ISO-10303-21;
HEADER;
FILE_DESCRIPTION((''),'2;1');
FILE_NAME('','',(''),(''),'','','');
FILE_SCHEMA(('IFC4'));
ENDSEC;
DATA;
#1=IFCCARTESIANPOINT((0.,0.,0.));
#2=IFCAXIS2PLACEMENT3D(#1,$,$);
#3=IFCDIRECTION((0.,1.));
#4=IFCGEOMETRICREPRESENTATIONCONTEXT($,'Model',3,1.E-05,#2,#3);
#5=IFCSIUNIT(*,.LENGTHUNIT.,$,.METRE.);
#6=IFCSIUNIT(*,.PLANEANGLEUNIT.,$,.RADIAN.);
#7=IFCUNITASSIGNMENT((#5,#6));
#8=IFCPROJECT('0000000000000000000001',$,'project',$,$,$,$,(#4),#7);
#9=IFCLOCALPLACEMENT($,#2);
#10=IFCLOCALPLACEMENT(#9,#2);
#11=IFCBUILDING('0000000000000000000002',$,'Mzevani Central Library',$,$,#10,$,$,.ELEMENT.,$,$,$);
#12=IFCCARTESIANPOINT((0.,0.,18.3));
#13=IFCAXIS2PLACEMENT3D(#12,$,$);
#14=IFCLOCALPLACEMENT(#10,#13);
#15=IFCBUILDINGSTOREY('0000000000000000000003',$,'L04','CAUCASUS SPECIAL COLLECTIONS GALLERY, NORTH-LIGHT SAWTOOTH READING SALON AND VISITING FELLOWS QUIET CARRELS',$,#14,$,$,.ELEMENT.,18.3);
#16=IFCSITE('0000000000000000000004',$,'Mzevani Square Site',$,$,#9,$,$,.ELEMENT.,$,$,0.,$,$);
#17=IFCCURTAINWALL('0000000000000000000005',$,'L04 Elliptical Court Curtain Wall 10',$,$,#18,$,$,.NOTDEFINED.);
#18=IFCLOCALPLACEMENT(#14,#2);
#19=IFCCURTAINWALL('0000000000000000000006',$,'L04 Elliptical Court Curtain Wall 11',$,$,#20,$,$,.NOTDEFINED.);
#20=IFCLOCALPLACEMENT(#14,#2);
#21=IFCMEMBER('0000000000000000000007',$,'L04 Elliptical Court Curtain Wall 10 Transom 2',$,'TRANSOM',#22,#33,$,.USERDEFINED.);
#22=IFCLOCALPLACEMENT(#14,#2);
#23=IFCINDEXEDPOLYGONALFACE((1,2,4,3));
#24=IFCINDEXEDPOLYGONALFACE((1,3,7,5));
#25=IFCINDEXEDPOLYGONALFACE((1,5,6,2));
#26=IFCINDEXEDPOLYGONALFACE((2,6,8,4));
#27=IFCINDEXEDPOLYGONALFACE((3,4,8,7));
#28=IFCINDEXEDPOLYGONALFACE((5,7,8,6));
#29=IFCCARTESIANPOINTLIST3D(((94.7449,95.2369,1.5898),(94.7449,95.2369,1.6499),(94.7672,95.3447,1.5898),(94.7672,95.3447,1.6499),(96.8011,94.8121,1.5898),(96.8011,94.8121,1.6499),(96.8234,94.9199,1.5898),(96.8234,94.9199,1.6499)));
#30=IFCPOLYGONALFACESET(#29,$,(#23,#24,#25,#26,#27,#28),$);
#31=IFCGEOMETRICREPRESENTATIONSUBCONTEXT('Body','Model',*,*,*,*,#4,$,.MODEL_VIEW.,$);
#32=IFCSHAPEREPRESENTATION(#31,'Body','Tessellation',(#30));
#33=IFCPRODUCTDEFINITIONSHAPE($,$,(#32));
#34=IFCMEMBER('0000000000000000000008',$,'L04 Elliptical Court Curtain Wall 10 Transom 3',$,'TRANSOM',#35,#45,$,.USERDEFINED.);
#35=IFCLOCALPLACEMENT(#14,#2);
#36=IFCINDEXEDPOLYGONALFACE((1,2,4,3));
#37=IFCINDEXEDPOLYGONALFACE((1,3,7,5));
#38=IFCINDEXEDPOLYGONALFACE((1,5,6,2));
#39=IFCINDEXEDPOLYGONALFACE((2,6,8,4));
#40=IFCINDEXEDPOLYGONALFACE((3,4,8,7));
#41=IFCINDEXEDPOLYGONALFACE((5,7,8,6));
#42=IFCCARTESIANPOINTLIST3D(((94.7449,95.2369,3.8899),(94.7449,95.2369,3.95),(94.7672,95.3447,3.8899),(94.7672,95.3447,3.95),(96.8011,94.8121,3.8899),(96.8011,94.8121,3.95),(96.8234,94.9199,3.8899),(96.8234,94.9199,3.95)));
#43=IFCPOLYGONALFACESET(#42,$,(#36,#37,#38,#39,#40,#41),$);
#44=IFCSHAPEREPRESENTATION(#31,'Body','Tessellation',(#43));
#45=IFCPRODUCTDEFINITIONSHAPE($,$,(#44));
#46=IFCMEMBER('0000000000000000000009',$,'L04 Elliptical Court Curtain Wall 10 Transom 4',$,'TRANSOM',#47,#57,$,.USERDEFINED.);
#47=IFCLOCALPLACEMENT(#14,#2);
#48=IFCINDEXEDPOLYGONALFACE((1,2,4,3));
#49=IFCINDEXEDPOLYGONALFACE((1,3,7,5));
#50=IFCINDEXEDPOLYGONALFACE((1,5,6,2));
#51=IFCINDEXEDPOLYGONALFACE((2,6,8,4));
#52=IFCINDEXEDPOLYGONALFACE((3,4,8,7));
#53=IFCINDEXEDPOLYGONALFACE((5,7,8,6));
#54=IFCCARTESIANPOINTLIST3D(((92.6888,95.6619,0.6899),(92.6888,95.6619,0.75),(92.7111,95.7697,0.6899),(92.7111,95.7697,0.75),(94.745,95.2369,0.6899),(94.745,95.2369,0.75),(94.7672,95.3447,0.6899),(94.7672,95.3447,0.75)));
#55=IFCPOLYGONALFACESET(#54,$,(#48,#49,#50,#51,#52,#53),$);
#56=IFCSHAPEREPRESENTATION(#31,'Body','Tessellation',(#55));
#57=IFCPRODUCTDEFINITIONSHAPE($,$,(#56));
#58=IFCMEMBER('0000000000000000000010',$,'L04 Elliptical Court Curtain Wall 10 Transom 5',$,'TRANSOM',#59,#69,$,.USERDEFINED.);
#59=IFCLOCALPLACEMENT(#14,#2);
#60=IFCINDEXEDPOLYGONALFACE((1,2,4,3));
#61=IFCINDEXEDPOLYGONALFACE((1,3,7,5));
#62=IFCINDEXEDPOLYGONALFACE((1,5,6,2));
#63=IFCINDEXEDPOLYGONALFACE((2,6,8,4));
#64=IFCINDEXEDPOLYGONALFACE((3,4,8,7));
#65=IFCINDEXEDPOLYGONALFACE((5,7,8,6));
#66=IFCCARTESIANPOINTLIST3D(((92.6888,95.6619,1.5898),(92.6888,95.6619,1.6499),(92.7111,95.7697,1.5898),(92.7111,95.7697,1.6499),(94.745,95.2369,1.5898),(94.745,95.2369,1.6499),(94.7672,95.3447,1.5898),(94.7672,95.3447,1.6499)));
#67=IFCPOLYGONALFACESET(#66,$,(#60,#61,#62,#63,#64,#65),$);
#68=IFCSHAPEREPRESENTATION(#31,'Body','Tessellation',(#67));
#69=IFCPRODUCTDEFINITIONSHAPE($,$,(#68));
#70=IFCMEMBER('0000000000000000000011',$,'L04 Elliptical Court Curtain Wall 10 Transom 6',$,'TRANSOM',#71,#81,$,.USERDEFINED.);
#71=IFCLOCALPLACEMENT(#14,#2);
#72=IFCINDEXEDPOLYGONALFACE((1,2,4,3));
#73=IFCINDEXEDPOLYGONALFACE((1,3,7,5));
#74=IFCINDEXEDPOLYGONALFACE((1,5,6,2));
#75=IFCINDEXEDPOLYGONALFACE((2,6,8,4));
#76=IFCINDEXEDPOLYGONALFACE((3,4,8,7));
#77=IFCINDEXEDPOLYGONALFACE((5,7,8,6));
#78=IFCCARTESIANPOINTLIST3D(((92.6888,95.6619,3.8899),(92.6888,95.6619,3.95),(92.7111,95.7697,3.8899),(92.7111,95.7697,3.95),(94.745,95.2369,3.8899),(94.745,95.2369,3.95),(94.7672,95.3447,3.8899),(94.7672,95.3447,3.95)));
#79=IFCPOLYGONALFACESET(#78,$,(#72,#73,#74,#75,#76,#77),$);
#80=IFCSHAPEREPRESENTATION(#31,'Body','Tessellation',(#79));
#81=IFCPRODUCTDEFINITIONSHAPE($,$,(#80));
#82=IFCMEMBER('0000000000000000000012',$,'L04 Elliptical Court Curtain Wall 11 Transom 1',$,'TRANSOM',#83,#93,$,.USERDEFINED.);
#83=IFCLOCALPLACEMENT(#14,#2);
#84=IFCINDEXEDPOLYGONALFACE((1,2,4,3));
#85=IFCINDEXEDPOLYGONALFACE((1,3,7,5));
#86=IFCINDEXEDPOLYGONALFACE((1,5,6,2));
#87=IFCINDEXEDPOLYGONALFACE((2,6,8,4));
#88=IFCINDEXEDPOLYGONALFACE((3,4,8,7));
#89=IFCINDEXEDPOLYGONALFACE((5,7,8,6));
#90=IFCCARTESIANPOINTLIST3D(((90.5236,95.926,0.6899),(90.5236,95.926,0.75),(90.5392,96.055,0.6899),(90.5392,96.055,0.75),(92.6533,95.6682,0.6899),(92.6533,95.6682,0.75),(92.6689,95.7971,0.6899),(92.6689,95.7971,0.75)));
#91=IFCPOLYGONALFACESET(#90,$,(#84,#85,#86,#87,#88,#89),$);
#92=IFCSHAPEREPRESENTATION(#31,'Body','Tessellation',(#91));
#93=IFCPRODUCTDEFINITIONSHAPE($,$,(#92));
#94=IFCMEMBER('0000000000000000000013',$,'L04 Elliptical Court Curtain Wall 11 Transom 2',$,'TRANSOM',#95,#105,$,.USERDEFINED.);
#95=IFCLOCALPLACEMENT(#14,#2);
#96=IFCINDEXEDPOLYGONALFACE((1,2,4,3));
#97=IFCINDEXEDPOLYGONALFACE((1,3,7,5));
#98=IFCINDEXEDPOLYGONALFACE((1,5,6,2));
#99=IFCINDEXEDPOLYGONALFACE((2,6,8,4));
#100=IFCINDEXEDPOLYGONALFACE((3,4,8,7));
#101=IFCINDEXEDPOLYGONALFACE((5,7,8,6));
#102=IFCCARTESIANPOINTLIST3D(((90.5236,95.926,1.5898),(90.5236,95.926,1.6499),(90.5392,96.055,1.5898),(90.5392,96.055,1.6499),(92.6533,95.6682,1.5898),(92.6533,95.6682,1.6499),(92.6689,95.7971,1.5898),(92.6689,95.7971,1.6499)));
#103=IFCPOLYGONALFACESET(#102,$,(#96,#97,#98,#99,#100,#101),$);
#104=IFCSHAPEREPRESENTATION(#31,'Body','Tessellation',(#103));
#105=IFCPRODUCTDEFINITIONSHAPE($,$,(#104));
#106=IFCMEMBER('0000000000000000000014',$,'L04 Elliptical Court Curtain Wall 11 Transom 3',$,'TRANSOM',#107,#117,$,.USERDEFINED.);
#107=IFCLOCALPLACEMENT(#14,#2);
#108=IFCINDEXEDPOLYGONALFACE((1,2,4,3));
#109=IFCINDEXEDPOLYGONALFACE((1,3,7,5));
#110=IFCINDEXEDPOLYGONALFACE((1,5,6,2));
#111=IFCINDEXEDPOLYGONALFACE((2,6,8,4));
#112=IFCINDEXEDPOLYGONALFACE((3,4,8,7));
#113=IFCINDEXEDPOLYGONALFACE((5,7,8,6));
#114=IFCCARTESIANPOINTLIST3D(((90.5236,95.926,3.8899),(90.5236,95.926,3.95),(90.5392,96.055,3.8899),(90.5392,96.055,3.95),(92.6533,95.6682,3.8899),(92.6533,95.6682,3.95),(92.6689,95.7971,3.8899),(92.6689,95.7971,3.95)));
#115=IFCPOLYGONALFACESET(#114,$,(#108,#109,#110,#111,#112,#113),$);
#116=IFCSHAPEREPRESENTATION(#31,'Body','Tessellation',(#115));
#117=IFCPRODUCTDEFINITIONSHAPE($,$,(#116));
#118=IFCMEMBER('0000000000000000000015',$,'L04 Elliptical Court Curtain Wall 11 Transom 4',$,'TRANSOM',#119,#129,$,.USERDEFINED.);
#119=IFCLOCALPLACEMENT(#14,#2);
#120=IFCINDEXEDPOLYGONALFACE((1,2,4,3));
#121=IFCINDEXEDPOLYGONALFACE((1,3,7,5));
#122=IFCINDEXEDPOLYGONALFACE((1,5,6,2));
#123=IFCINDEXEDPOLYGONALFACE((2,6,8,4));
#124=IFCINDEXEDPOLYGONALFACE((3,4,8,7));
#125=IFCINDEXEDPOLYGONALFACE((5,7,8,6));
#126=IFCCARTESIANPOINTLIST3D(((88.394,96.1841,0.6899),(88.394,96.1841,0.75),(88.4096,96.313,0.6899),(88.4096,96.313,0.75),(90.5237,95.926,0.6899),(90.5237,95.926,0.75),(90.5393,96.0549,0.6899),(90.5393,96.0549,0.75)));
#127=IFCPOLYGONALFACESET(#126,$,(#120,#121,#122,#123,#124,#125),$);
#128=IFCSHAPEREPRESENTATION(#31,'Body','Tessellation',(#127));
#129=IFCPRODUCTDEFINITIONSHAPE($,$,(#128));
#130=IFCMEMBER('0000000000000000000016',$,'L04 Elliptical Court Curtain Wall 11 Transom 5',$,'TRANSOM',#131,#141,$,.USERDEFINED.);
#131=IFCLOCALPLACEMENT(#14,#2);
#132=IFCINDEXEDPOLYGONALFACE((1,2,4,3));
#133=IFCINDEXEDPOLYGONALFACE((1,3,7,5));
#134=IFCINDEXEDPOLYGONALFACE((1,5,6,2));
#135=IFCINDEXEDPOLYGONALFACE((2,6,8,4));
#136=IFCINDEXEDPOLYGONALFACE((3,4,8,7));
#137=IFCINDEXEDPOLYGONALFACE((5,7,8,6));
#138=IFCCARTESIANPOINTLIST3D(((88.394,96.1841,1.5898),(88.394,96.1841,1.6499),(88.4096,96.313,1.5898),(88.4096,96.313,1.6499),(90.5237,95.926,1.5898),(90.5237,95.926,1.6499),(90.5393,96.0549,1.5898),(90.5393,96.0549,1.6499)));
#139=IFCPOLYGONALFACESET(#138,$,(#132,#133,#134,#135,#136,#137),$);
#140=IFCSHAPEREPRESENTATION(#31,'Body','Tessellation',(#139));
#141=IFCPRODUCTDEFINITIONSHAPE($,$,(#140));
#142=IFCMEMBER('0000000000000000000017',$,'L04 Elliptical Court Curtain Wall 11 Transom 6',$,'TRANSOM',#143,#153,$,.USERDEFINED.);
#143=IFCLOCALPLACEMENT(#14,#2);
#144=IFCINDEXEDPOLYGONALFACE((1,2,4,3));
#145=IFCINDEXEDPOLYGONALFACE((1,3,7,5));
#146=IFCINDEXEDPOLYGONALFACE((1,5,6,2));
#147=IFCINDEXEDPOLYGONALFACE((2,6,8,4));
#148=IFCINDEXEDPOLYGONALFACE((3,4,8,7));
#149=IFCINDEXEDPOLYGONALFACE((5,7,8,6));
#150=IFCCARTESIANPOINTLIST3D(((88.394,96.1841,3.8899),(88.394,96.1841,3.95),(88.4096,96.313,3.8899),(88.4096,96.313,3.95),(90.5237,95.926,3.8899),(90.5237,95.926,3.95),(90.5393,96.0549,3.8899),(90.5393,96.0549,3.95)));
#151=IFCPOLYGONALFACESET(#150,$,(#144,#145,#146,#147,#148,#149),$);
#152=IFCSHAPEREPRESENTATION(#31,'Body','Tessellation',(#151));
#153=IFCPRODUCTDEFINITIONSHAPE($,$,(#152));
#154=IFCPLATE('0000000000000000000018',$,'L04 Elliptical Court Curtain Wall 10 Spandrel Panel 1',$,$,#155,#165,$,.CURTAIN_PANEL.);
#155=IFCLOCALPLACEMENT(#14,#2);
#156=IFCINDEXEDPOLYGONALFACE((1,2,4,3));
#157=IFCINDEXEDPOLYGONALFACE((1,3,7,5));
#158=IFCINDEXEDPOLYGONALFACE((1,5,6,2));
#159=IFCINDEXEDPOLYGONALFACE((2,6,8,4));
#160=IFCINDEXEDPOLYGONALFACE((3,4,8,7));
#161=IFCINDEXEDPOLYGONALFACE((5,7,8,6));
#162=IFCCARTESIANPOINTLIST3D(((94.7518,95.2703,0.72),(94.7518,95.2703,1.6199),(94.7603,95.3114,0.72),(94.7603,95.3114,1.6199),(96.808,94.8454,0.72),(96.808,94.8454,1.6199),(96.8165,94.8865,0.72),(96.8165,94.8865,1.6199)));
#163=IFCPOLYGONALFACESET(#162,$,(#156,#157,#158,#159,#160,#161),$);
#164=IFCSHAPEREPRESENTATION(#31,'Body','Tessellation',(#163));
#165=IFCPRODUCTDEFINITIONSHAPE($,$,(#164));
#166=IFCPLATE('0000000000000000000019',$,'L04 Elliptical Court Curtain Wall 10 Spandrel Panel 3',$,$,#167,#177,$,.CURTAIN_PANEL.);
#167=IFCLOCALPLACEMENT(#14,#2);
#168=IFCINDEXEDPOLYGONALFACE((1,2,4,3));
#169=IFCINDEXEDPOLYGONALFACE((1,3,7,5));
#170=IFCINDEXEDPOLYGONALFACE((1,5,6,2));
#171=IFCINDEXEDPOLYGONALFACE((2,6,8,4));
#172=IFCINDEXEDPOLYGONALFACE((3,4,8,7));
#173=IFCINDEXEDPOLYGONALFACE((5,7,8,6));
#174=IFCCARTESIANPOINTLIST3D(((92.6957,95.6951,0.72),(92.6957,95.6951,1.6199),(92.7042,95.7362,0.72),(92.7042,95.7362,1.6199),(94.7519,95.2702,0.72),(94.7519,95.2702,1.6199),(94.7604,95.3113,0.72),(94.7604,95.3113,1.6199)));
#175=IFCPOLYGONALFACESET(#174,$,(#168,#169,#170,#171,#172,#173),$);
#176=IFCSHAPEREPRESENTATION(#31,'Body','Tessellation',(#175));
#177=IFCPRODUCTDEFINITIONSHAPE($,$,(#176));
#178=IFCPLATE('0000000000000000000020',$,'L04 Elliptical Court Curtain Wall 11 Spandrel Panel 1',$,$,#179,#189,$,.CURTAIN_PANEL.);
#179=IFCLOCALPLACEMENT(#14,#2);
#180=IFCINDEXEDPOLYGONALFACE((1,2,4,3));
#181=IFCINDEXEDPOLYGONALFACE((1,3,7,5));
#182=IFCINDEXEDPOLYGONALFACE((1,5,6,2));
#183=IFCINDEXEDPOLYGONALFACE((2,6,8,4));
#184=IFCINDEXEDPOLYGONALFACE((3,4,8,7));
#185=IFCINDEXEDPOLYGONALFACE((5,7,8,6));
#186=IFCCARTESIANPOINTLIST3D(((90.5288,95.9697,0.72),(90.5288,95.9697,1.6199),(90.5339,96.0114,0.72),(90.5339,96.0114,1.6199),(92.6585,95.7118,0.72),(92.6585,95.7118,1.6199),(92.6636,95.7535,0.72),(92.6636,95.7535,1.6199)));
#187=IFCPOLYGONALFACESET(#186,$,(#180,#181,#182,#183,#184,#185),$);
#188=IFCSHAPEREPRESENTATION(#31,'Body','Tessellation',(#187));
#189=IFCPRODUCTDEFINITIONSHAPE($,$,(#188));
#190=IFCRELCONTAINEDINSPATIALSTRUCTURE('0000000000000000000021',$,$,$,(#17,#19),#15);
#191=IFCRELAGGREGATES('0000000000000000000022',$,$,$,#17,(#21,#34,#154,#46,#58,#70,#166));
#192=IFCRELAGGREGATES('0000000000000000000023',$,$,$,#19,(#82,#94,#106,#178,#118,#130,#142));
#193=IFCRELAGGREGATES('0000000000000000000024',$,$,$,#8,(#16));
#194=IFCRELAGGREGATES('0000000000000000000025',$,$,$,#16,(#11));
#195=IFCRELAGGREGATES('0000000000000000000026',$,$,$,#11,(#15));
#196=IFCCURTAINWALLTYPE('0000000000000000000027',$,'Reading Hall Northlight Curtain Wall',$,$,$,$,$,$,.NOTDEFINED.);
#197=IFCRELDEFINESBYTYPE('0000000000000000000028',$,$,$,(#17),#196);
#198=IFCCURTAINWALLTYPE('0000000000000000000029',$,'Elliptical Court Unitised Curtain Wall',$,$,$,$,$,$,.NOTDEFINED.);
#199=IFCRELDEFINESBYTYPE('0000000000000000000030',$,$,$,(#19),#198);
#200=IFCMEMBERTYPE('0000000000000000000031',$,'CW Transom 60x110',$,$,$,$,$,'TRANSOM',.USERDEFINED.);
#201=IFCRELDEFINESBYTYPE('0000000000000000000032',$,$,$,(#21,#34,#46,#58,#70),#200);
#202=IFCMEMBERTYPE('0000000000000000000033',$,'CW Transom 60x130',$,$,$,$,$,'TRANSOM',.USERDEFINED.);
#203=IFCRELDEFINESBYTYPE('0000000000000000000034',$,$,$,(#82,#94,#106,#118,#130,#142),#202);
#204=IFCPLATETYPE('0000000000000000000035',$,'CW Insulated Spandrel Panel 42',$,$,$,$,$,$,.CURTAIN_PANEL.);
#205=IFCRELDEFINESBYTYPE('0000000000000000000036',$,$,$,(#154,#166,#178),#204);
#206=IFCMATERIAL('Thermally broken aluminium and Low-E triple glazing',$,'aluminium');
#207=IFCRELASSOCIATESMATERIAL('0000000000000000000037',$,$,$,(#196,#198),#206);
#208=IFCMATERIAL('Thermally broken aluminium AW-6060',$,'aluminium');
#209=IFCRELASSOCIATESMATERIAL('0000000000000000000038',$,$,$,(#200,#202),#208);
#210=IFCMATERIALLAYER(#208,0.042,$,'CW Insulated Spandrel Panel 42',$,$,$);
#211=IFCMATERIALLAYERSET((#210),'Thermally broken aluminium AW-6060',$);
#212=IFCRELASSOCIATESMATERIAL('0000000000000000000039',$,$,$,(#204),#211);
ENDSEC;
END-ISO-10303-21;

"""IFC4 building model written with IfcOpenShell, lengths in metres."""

from ifc_helpers import new_model, si_unit, direction, frame, origin, origin_2d, place, context, subcontext, project, spatial, rectangle, extrude, material, layer, layer_set, material_profile, profile_set, type_object, element, aggregate, save


model = new_model("IFC4")

# Units and contexts
model_context = context("Model", 3, precision=1e-05, world=origin(), true_north=direction((0.0, 1.0)))
body_context = subcontext(model_context, "Body", "Model", "MODEL_VIEW")
ifc_project = project(units=[si_unit("LENGTHUNIT", "METRE"), si_unit("PLANEANGLEUNIT", "RADIAN")], contexts=[model_context])

# Site, building, storey
site_placement = place(None, origin())
site = spatial("IfcSite", under=ifc_project, at=site_placement, Name="Mzevani Square Site", CompositionType="ELEMENT", RefElevation=0.0)
building_placement = place(site_placement, origin())
building = spatial("IfcBuilding", under=site, at=building_placement, Name="Mzevani Central Library", CompositionType="ELEMENT")
storey_placement = place(building_placement, frame((0.0, 0.0, 18.3)))
storey = spatial("IfcBuildingStorey", under=building, at=storey_placement, Name="L04", Description="CAUCASUS SPECIAL COLLECTIONS GALLERY, NORTH-LIGHT SAWTOOTH READING SALON AND VISITING FELLOWS QUIET CARRELS", CompositionType="ELEMENT", Elevation=18.3)

# Curtain walls
ifc_material_1 = material(Name="Thermally broken aluminium and Low-E triple glazing", Category="aluminium")
curtain_wall_type_1 = type_object("IfcCurtainWallType", Name="Reading Hall Northlight Curtain Wall", PredefinedType="NOTDEFINED", material=ifc_material_1)
curtain_wall_1_placement = place(storey_placement, origin())
curtain_wall_1 = element("IfcCurtainWall", 1, at=curtain_wall_1_placement, inside=storey, type_object=curtain_wall_type_1, Name="L04 Elliptical Court Curtain Wall 10", PredefinedType="NOTDEFINED")
ifc_material_2 = material(Name="Thermally broken aluminium AW-6060", Category="aluminium")
curtain_wall_type_2 = type_object("IfcCurtainWallType", Name="Elliptical Court Unitised Curtain Wall", PredefinedType="NOTDEFINED", material=ifc_material_1)
curtain_wall_2_placement = place(storey_placement, origin())
curtain_wall_2 = element("IfcCurtainWall", 2, at=curtain_wall_2_placement, inside=storey, type_object=curtain_wall_type_2, Name="L04 Elliptical Court Curtain Wall 11", PredefinedType="NOTDEFINED")

# Members
ifc_material_profile_1 = material_profile(ifc_material_2, rectangle(XDim=0.1101, YDim=0.0601, at=origin_2d()), Name="ALU T60x110")
ifc_profile_set_1 = profile_set([ifc_material_profile_1], Name="Thermally broken aluminium AW-6060")
member_type_1 = type_object("IfcMemberType", Name="CW Transom 60x110", ElementType="TRANSOM", PredefinedType="USERDEFINED", material=ifc_profile_set_1)
member_1_placement = place(storey_placement, frame((96.8123, 94.866, 1.6199), z_axis=(-0.979318, 0.202329, 0.0), x_axis=(-0.202329, -0.979318, 0.0)))
member_1 = element("IfcMember", 3, at=member_1_placement, type_object=member_type_1, Name="L04 Elliptical Court Curtain Wall 10 Transom 2", ObjectType="TRANSOM", PredefinedType="USERDEFINED", context=body_context, shape_type="SweptSolid", body=[
    extrude(rectangle(XDim=0.1101, YDim=0.0601, at=origin_2d()), origin(), (0.0, 0.0, 1.0), 2.0996),
])
member_2_placement = place(storey_placement, frame((96.8123, 94.866, 3.9199), z_axis=(-0.979318, 0.202329, 0.0), x_axis=(-0.202329, -0.979318, 0.0)))
member_2 = element("IfcMember", 4, at=member_2_placement, type_object=member_type_1, Name="L04 Elliptical Court Curtain Wall 10 Transom 3", ObjectType="TRANSOM", PredefinedType="USERDEFINED", context=body_context, shape_type="SweptSolid", body=[
    extrude(rectangle(XDim=0.1101, YDim=0.0601, at=origin_2d()), origin(), (0.0, 0.0, 1.0), 2.0996),
])
member_3_placement = place(storey_placement, frame((94.7561, 95.2908, 0.72), z_axis=(-0.979295, 0.20244, 0.0), x_axis=(-0.20244, -0.979295, 0.0)))
member_3 = element("IfcMember", 5, at=member_3_placement, type_object=member_type_1, Name="L04 Elliptical Court Curtain Wall 10 Transom 4", ObjectType="TRANSOM", PredefinedType="USERDEFINED", context=body_context, shape_type="SweptSolid", body=[
    extrude(rectangle(XDim=0.1101, YDim=0.0601, at=origin_2d()), origin(), (0.0, 0.0, 1.0), 2.0996),
])
member_4_placement = place(storey_placement, frame((94.7561, 95.2908, 1.6199), z_axis=(-0.979295, 0.20244, 0.0), x_axis=(-0.20244, -0.979295, 0.0)))
member_4 = element("IfcMember", 6, at=member_4_placement, type_object=member_type_1, Name="L04 Elliptical Court Curtain Wall 10 Transom 5", ObjectType="TRANSOM", PredefinedType="USERDEFINED", context=body_context, shape_type="SweptSolid", body=[
    extrude(rectangle(XDim=0.1101, YDim=0.0601, at=origin_2d()), origin(), (0.0, 0.0, 1.0), 2.0996),
])
member_5_placement = place(storey_placement, frame((94.7561, 95.2908, 3.9199), z_axis=(-0.979295, 0.20244, 0.0), x_axis=(-0.20244, -0.979295, 0.0)))
member_5 = element("IfcMember", 7, at=member_5_placement, type_object=member_type_1, Name="L04 Elliptical Court Curtain Wall 10 Transom 6", ObjectType="TRANSOM", PredefinedType="USERDEFINED", context=body_context, shape_type="SweptSolid", body=[
    extrude(rectangle(XDim=0.1101, YDim=0.0601, at=origin_2d()), origin(), (0.0, 0.0, 1.0), 2.0996),
])
ifc_material_profile_2 = material_profile(ifc_material_2, rectangle(XDim=0.1299, YDim=0.0601, at=origin_2d()), Name="ALU T60x130")
ifc_profile_set_2 = profile_set([ifc_material_profile_2], Name="Thermally broken aluminium AW-6060")
member_type_2 = type_object("IfcMemberType", Name="CW Transom 60x130", ElementType="TRANSOM", PredefinedType="USERDEFINED", material=ifc_profile_set_2)
member_6_placement = place(storey_placement, frame((92.6611, 95.7327, 0.72), z_axis=(-0.992752, 0.120182, 0.0), x_axis=(-0.120182, -0.992752, 0.0)))
member_6 = element("IfcMember", 8, at=member_6_placement, type_object=member_type_2, Name="L04 Elliptical Court Curtain Wall 11 Transom 1", ObjectType="TRANSOM", PredefinedType="USERDEFINED", context=body_context, shape_type="SweptSolid", body=[
    extrude(rectangle(XDim=0.1299, YDim=0.0601, at=origin_2d()), origin(), (0.0, 0.0, 1.0), 2.1453),
])
member_7_placement = place(storey_placement, frame((92.6611, 95.7327, 1.6199), z_axis=(-0.992752, 0.120182, 0.0), x_axis=(-0.120182, -0.992752, 0.0)))
member_7 = element("IfcMember", 9, at=member_7_placement, type_object=member_type_2, Name="L04 Elliptical Court Curtain Wall 11 Transom 2", ObjectType="TRANSOM", PredefinedType="USERDEFINED", context=body_context, shape_type="SweptSolid", body=[
    extrude(rectangle(XDim=0.1299, YDim=0.0601, at=origin_2d()), origin(), (0.0, 0.0, 1.0), 2.1453),
])
member_8_placement = place(storey_placement, frame((92.6611, 95.7327, 3.9199), z_axis=(-0.992752, 0.120182, 0.0), x_axis=(-0.120182, -0.992752, 0.0)))
member_8 = element("IfcMember", 10, at=member_8_placement, type_object=member_type_2, Name="L04 Elliptical Court Curtain Wall 11 Transom 3", ObjectType="TRANSOM", PredefinedType="USERDEFINED", context=body_context, shape_type="SweptSolid", body=[
    extrude(rectangle(XDim=0.1299, YDim=0.0601, at=origin_2d()), origin(), (0.0, 0.0, 1.0), 2.1453),
])
member_9_placement = place(storey_placement, frame((90.5315, 95.9905, 0.72), z_axis=(-0.992738, 0.120294, 0.0), x_axis=(-0.120294, -0.992738, 0.0)))
member_9 = element("IfcMember", 11, at=member_9_placement, type_object=member_type_2, Name="L04 Elliptical Court Curtain Wall 11 Transom 4", ObjectType="TRANSOM", PredefinedType="USERDEFINED", context=body_context, shape_type="SweptSolid", body=[
    extrude(rectangle(XDim=0.1299, YDim=0.0601, at=origin_2d()), origin(), (0.0, 0.0, 1.0), 2.1453),
])
member_10_placement = place(storey_placement, frame((90.5315, 95.9905, 1.6199), z_axis=(-0.992738, 0.120294, 0.0), x_axis=(-0.120294, -0.992738, 0.0)))
member_10 = element("IfcMember", 12, at=member_10_placement, type_object=member_type_2, Name="L04 Elliptical Court Curtain Wall 11 Transom 5", ObjectType="TRANSOM", PredefinedType="USERDEFINED", context=body_context, shape_type="SweptSolid", body=[
    extrude(rectangle(XDim=0.1299, YDim=0.0601, at=origin_2d()), origin(), (0.0, 0.0, 1.0), 2.1453),
])
member_11_placement = place(storey_placement, frame((90.5315, 95.9905, 3.9199), z_axis=(-0.992738, 0.120294, 0.0), x_axis=(-0.120294, -0.992738, 0.0)))
member_11 = element("IfcMember", 13, at=member_11_placement, type_object=member_type_2, Name="L04 Elliptical Court Curtain Wall 11 Transom 6", ObjectType="TRANSOM", PredefinedType="USERDEFINED", context=body_context, shape_type="SweptSolid", body=[
    extrude(rectangle(XDim=0.1299, YDim=0.0601, at=origin_2d()), origin(), (0.0, 0.0, 1.0), 2.1453),
])

# Plates
ifc_layer_1 = layer(ifc_material_2, 0.042, Name="CW Insulated Spandrel Panel 42")
ifc_layer_set_1 = layer_set([ifc_layer_1], Name="Thermally broken aluminium AW-6060")
plate_type_1 = type_object("IfcPlateType", Name="CW Insulated Spandrel Panel 42", PredefinedType="CURTAIN_PANEL", material=ifc_layer_set_1)
plate_1_placement = place(storey_placement, frame((95.7842, 95.0784, 0.72), z_axis=(0.0, 0.0, 1.0), x_axis=(-0.979309, 0.202372, 0.0)))
plate_1 = element("IfcPlate", 14, at=plate_1_placement, type_object=plate_type_1, Name="L04 Elliptical Court Curtain Wall 10 Spandrel Panel 1", PredefinedType="CURTAIN_PANEL", context=body_context, shape_type="SweptSolid", body=[
    extrude(rectangle(XDim=2.0996, YDim=0.042, at=origin_2d()), origin(), (0.0, 0.0, 1.0), 0.8999),
])
plate_2_placement = place(storey_placement, frame((93.728, 95.5032, 0.72), z_axis=(0.0, 0.0, 1.0), x_axis=(-0.979309, 0.202372, 0.0)))
plate_2 = element("IfcPlate", 15, at=plate_2_placement, type_object=plate_type_1, Name="L04 Elliptical Court Curtain Wall 10 Spandrel Panel 3", PredefinedType="CURTAIN_PANEL", context=body_context, shape_type="SweptSolid", body=[
    extrude(rectangle(XDim=2.0996, YDim=0.042, at=origin_2d()), origin(), (0.0, 0.0, 1.0), 0.8999),
])
plate_3_placement = place(storey_placement, frame((91.5962, 95.8616, 0.72), z_axis=(0.0, 0.0, 1.0), x_axis=(-0.992747, 0.120222, 0.0)))
plate_3 = element("IfcPlate", 16, at=plate_3_placement, type_object=plate_type_1, Name="L04 Elliptical Court Curtain Wall 11 Spandrel Panel 1", PredefinedType="CURTAIN_PANEL", context=body_context, shape_type="SweptSolid", body=[
    extrude(rectangle(XDim=2.1453, YDim=0.042, at=origin_2d()), origin(), (0.0, 0.0, 1.0), 0.8999),
])
aggregate(curtain_wall_1, [member_1, member_2, plate_1, member_3, member_4, member_5, plate_2])
aggregate(curtain_wall_2, [member_6, member_7, member_8, plate_3, member_9, member_10, member_11])

save(model, "model.ifc")
